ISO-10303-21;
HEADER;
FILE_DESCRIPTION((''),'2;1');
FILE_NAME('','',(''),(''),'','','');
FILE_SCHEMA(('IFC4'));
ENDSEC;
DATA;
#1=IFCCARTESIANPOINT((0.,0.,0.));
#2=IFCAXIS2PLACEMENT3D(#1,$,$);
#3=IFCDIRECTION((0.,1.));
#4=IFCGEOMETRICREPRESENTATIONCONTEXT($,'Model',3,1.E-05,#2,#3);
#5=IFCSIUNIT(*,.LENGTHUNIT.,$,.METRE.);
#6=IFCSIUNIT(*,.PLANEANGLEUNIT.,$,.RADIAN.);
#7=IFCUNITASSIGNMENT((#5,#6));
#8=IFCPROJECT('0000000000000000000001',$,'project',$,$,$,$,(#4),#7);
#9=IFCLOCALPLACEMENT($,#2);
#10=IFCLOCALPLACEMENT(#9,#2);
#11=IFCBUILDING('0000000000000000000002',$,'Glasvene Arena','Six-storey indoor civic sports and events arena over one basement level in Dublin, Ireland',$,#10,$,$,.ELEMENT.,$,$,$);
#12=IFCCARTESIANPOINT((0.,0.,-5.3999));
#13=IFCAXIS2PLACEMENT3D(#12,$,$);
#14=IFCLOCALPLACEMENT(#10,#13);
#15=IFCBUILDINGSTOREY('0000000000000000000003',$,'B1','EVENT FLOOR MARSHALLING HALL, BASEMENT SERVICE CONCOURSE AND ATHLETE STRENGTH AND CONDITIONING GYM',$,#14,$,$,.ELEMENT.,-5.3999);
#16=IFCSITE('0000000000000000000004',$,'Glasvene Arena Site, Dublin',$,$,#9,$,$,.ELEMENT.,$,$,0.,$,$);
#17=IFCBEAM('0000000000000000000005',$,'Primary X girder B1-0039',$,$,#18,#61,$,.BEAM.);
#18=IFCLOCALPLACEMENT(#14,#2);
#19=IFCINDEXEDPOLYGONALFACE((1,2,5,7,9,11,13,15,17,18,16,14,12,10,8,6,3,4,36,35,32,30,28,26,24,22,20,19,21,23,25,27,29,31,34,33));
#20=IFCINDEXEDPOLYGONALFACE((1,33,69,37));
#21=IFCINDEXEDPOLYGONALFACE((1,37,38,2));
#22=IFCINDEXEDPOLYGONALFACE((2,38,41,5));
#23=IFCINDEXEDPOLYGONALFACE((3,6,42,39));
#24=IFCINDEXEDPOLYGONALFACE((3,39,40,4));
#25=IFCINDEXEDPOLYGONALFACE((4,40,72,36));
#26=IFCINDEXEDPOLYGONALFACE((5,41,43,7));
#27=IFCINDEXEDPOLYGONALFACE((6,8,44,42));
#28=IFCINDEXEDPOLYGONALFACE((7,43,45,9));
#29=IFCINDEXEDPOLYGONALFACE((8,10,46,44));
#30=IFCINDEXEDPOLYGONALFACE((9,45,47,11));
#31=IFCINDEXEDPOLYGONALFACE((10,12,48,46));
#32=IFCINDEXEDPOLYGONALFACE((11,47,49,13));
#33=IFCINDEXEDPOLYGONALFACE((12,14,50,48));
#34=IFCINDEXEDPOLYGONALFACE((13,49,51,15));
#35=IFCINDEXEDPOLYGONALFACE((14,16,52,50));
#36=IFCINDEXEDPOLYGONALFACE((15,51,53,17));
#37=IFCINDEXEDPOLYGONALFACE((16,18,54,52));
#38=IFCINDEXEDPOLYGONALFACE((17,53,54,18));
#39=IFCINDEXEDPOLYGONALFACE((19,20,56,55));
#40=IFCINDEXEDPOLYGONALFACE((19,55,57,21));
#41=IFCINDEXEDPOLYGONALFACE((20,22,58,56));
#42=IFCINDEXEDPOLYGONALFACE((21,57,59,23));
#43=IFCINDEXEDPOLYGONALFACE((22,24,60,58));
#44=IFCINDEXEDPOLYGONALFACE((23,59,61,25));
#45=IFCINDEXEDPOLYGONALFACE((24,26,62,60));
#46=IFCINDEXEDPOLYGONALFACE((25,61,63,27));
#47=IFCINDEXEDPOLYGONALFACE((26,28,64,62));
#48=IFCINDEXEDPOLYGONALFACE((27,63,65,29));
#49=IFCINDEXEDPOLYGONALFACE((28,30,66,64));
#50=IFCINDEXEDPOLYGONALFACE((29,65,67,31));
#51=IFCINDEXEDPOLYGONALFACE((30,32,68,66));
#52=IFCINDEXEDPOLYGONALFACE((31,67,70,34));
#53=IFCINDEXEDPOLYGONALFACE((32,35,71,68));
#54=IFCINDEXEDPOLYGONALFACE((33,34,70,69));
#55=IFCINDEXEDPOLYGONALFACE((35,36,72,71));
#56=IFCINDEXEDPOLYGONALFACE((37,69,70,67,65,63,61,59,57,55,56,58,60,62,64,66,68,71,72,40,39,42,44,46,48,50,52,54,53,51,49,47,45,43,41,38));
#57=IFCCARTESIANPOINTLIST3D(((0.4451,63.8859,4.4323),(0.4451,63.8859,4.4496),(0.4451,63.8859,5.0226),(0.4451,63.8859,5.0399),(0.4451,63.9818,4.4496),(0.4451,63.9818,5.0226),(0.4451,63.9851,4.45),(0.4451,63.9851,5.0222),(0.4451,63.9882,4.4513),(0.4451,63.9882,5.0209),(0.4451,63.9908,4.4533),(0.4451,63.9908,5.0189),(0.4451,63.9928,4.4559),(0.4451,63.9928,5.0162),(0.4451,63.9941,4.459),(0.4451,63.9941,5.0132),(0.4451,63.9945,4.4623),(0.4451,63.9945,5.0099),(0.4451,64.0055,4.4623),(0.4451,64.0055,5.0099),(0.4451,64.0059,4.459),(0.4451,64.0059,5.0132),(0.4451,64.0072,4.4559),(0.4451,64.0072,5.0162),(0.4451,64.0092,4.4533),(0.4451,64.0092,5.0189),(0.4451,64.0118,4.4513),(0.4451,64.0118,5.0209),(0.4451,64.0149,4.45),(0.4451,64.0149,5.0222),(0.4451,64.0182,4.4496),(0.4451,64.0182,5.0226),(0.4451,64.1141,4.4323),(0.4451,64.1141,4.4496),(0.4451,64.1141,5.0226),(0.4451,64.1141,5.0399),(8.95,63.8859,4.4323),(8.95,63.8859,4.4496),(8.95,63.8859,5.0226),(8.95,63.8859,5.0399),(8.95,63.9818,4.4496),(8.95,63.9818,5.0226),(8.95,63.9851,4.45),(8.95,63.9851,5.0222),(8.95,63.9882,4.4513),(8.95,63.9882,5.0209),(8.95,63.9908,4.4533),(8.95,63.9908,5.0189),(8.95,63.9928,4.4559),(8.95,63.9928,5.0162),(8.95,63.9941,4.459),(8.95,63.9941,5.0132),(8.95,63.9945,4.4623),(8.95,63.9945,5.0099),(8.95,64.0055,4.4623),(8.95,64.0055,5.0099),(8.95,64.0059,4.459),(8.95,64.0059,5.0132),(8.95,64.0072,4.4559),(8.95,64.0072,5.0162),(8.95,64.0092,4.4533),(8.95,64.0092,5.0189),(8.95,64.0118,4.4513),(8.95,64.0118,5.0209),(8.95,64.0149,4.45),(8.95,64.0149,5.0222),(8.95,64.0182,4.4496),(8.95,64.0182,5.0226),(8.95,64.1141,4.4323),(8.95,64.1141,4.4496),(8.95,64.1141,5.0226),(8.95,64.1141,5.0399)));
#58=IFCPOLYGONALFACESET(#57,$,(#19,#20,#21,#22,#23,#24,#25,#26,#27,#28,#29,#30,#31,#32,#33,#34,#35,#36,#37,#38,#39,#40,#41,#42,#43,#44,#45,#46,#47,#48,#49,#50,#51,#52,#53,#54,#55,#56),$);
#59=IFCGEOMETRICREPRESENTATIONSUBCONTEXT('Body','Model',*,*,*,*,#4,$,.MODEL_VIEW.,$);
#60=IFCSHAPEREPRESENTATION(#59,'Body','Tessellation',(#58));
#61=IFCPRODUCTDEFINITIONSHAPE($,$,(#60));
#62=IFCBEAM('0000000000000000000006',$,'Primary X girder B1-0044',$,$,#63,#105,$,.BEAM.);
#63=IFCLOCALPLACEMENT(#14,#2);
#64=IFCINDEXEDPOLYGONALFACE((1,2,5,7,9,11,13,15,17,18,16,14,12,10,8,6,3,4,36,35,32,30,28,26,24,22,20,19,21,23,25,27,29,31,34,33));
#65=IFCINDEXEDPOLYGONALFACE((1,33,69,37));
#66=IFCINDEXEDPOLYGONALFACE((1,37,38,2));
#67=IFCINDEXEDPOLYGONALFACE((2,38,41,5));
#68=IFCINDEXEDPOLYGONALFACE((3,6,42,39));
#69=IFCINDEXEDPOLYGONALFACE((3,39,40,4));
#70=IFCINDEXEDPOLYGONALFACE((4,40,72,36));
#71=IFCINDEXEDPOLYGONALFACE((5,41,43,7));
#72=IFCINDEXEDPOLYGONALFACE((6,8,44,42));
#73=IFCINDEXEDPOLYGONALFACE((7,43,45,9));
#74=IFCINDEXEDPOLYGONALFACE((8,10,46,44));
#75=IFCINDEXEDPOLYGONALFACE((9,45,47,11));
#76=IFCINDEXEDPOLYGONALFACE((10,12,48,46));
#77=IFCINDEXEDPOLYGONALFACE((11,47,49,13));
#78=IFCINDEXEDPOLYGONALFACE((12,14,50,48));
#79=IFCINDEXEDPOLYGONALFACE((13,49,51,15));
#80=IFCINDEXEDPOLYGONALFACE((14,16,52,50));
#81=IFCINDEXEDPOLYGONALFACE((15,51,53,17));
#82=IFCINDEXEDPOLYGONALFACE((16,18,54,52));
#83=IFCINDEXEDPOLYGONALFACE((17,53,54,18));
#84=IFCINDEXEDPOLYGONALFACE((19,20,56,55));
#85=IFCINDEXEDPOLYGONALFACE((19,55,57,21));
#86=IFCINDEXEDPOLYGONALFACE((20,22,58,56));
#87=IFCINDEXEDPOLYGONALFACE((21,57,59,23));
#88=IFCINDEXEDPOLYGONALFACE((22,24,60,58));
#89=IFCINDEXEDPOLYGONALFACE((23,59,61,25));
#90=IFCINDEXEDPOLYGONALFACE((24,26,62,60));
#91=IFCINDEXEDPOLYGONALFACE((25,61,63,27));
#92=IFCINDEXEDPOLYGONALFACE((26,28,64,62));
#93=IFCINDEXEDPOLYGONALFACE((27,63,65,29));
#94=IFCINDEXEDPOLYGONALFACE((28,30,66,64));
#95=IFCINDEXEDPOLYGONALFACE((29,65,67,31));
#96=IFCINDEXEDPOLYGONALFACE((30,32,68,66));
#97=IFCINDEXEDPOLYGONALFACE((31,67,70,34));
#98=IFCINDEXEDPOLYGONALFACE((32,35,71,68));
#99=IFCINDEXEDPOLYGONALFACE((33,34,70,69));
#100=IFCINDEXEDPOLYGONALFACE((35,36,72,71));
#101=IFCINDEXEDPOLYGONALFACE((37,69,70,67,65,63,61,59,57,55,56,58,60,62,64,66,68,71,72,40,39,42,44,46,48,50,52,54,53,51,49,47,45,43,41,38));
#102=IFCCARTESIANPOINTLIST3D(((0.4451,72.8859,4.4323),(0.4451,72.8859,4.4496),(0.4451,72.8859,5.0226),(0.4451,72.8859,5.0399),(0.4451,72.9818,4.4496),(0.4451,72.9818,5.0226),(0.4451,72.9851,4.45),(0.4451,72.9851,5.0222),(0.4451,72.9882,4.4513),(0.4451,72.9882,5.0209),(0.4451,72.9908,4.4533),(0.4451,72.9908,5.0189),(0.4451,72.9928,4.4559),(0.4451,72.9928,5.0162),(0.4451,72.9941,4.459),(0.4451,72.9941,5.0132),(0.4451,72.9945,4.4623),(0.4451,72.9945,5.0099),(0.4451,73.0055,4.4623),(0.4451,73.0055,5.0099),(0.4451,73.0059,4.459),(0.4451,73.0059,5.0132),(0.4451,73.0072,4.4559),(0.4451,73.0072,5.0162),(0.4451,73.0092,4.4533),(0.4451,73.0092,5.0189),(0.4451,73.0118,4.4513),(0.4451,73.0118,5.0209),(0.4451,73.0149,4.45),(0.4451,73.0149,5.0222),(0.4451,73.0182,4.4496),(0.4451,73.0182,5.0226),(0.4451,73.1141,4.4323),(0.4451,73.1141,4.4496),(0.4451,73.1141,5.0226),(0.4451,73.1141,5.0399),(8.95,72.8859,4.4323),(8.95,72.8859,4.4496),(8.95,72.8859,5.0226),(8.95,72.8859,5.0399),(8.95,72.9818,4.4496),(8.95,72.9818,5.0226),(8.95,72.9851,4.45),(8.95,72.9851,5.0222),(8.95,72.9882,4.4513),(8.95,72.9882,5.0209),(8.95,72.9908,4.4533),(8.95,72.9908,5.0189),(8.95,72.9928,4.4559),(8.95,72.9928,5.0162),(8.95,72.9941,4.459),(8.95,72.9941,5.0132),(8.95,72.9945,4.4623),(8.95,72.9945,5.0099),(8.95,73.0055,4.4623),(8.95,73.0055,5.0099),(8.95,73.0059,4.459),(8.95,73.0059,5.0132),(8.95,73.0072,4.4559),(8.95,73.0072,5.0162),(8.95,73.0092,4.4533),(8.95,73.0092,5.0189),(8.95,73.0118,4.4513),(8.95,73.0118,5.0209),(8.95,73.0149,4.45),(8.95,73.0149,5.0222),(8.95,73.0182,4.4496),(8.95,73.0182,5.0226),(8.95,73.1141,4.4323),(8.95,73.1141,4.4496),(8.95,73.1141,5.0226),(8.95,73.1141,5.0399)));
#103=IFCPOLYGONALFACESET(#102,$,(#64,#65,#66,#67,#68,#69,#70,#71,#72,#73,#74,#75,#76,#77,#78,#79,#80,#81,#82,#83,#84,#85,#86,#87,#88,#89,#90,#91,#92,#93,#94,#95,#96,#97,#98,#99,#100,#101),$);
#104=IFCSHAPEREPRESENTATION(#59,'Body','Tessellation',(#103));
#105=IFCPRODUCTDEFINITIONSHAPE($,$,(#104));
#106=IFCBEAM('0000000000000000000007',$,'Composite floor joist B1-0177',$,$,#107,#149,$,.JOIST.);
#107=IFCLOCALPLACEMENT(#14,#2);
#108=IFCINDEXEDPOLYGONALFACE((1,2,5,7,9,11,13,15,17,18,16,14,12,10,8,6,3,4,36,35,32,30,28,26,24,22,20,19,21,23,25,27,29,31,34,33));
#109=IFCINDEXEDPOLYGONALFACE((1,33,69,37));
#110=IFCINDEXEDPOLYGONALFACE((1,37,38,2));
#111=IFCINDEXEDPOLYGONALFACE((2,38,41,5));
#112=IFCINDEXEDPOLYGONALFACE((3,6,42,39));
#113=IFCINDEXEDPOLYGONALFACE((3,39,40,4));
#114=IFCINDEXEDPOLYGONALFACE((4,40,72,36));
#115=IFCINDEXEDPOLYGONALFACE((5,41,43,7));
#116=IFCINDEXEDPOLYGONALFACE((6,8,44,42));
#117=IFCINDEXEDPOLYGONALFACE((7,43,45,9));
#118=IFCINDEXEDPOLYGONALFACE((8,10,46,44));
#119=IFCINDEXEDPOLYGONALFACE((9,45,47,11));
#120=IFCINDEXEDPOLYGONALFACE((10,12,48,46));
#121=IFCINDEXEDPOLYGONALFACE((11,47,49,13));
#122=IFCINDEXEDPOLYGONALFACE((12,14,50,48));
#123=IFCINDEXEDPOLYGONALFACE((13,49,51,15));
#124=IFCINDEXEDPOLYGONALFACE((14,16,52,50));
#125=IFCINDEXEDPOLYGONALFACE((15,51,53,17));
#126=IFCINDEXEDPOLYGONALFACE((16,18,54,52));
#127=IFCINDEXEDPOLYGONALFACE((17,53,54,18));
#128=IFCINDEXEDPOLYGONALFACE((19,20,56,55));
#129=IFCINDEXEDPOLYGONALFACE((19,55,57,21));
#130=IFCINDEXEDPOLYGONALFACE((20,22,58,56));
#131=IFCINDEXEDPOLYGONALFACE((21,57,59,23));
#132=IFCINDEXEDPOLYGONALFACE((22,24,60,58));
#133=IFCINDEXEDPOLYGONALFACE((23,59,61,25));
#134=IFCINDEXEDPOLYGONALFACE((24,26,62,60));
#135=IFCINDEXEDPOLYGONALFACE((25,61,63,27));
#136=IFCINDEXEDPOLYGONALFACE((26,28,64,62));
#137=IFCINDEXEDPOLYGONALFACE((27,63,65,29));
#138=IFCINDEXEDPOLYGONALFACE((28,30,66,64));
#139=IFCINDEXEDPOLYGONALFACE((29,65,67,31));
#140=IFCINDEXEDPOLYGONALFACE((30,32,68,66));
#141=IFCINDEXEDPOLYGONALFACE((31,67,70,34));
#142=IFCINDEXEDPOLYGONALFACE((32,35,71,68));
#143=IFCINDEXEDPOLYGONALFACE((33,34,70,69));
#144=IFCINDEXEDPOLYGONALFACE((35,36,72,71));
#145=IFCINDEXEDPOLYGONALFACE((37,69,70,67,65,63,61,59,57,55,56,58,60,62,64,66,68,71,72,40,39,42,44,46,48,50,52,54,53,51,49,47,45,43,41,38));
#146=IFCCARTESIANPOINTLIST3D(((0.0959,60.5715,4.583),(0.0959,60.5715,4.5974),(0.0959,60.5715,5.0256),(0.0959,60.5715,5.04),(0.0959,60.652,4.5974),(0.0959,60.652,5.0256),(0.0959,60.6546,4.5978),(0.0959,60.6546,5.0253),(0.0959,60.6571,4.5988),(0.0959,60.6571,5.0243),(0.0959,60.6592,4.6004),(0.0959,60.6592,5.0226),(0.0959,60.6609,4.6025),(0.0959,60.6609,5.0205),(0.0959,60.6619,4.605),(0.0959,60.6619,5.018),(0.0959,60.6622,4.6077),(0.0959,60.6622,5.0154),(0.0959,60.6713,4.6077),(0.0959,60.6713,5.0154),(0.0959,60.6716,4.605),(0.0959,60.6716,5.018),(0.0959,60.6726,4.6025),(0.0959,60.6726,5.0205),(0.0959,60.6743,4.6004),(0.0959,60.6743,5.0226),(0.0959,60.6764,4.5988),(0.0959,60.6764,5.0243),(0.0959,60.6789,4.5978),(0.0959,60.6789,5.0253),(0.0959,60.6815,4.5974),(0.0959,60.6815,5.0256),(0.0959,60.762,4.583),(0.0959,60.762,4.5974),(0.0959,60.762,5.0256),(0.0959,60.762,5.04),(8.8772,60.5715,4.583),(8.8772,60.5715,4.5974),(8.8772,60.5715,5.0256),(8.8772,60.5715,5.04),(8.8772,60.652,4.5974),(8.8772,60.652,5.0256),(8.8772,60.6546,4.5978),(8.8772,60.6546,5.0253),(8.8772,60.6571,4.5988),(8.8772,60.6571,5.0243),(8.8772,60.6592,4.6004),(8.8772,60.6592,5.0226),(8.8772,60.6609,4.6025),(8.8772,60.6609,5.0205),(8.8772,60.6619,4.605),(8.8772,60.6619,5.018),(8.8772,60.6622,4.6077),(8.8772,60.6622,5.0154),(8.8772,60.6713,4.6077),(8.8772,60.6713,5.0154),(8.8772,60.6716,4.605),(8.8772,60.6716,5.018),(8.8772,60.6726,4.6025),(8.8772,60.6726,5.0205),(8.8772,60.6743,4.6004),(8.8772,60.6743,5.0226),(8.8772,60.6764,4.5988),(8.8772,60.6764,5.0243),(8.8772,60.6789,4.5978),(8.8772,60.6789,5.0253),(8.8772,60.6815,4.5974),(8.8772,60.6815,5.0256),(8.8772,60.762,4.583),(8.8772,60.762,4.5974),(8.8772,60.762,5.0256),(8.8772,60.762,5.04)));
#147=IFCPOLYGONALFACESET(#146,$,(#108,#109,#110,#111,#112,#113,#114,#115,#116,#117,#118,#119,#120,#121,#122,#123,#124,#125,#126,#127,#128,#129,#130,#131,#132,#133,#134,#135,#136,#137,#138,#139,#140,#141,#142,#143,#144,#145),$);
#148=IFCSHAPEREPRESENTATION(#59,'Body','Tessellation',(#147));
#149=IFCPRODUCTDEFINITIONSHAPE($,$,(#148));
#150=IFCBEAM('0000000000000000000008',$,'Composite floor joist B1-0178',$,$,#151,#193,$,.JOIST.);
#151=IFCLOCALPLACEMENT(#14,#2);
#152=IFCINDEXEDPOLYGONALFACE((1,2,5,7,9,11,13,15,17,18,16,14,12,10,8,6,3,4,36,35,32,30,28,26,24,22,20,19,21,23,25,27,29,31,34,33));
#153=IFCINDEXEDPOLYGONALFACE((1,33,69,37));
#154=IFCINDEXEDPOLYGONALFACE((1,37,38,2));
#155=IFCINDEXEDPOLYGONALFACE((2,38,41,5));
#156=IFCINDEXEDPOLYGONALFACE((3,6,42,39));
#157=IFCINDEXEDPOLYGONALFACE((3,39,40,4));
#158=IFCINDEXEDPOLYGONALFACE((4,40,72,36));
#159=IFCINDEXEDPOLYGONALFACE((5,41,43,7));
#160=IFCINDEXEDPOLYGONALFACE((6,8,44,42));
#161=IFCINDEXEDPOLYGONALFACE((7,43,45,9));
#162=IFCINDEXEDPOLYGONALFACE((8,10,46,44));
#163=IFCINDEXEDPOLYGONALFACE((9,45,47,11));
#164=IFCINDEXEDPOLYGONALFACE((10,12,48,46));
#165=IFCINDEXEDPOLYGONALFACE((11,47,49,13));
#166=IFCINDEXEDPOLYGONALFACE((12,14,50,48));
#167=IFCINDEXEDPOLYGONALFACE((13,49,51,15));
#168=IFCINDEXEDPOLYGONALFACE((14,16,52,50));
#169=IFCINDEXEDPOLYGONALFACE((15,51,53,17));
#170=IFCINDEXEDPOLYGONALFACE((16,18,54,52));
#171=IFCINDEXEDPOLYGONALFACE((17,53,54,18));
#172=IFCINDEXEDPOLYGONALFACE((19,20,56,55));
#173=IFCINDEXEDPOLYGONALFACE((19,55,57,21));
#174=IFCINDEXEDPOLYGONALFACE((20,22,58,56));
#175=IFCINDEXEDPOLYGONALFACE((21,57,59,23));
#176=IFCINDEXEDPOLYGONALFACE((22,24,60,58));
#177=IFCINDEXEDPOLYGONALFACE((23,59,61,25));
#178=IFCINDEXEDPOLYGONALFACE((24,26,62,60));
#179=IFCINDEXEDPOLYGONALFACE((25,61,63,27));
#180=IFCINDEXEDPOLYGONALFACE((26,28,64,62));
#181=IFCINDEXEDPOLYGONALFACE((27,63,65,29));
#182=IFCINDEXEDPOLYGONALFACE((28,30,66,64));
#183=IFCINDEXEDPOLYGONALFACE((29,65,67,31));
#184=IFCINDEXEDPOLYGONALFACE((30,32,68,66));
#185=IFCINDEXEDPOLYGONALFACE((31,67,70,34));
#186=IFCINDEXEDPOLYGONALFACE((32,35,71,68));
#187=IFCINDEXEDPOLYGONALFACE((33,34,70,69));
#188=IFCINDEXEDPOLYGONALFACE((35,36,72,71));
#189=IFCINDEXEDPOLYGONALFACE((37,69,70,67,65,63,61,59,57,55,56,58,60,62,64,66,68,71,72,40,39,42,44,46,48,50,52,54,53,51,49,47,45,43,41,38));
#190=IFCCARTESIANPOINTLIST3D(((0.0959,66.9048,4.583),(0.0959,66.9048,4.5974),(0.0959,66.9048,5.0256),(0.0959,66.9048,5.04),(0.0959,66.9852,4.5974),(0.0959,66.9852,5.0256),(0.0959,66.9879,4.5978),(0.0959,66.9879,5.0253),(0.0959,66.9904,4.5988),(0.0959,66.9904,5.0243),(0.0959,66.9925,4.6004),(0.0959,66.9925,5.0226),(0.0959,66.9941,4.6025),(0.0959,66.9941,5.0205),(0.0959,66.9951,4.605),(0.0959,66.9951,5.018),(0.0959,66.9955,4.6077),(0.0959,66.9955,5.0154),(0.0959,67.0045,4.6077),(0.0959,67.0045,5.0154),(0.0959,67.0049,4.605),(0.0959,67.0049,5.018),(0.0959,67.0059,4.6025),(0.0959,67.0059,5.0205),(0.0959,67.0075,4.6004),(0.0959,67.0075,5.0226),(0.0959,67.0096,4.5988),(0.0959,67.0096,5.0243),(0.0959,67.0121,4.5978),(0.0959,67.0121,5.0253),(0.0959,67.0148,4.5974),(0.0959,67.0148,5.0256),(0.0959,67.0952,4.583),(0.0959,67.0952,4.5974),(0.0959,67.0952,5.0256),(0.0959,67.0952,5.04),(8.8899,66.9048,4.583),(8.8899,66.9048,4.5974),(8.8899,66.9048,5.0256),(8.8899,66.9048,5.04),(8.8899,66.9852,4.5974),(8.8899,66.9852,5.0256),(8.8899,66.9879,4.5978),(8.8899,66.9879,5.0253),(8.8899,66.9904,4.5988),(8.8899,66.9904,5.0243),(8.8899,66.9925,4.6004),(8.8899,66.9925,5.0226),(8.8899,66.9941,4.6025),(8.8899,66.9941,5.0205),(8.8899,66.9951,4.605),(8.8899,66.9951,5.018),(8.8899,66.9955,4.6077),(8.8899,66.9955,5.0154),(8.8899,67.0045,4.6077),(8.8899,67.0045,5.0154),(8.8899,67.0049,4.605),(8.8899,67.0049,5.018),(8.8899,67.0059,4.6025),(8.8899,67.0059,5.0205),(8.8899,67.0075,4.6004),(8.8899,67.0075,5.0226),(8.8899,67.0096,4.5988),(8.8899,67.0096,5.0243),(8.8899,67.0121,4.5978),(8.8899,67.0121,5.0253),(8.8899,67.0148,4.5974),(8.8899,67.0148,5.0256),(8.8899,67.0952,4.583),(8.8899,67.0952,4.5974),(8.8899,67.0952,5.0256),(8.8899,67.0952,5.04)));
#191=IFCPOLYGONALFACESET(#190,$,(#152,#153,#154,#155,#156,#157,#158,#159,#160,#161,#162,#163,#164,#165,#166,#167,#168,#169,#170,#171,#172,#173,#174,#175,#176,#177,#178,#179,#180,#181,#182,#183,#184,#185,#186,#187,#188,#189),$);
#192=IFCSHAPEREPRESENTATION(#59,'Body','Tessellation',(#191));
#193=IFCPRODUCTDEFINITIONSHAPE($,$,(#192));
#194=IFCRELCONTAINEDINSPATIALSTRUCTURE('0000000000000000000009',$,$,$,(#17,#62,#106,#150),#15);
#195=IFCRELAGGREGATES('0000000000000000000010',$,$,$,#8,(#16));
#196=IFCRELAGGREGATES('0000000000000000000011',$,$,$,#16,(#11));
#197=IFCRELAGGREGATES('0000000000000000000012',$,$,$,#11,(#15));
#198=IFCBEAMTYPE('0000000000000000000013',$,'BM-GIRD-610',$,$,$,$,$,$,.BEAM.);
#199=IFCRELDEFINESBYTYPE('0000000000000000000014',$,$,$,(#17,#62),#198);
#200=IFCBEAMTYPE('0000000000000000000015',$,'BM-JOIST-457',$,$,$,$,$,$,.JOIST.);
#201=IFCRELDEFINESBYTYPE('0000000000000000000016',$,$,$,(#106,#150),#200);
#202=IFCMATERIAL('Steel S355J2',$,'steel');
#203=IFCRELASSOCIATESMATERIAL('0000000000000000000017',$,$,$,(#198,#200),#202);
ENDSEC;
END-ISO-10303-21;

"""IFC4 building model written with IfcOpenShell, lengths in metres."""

from ifc_helpers import new_model, si_unit, direction, frame, origin, origin_2d, place, context, subcontext, project, spatial, i_section, extrude, material, material_profile, profile_set, type_object, element, save


model = new_model("IFC4")

# Units and contexts
model_context = context("Model", 3, precision=1e-05, world=origin(), true_north=direction((0.0, 1.0)))
body_context = subcontext(model_context, "Body", "Model", "MODEL_VIEW")
ifc_project = project(units=[si_unit("LENGTHUNIT", "METRE"), si_unit("PLANEANGLEUNIT", "RADIAN")], contexts=[model_context])

# Site, building, storey
site_placement = place(None, origin())
site = spatial("IfcSite", under=ifc_project, at=site_placement, Name="Glasvene Arena Site, Dublin", CompositionType="ELEMENT", RefElevation=0.0)
building_placement = place(site_placement, origin())
building = spatial("IfcBuilding", under=site, at=building_placement, Name="Glasvene Arena", Description="Six-storey indoor civic sports and events arena over one basement level in Dublin, Ireland", CompositionType="ELEMENT")
storey_placement = place(building_placement, frame((0.0, 0.0, -5.3999)))
storey = spatial("IfcBuildingStorey", under=building, at=storey_placement, Name="B1", Description="EVENT FLOOR MARSHALLING HALL, BASEMENT SERVICE CONCOURSE AND ATHLETE STRENGTH AND CONDITIONING GYM", CompositionType="ELEMENT", Elevation=-5.3999)

# Beams
ifc_material_1 = material(Name="Steel S355J2", Category="steel")
ifc_material_profile_1 = material_profile(ifc_material_1, i_section(OverallWidth=0.2283, OverallDepth=0.6077, WebThickness=0.011, FlangeThickness=0.0173, FilletRadius=0.0127, at=origin_2d()), Name="UKB 610x229x113")
ifc_profile_set_1 = profile_set([ifc_material_profile_1], Name="Steel S355J2")
beam_type_1 = type_object("IfcBeamType", Name="BM-GIRD-610", PredefinedType="BEAM", material=ifc_profile_set_1)
for number, where, z_axis, x_axis, name in (
    (1, (0.4451, 64.0, 4.7361), (1.0, 0.0, 0.0), (0.0, 1.0, 0.0), "Primary X girder B1-0039"),
    (2, (0.4451, 73.0, 4.7361), (1.0, 0.0, 0.0), (0.0, 1.0, 0.0), "Primary X girder B1-0044"),
):
    element("IfcBeam", number, at=place(storey_placement, frame(where, z_axis=z_axis, x_axis=x_axis)), inside=storey, type_object=beam_type_1, Name=name, PredefinedType="BEAM", context=body_context, shape_type="SweptSolid", body=[
        extrude(i_section(OverallWidth=0.2283, OverallDepth=0.6077, WebThickness=0.011, FlangeThickness=0.0173, FilletRadius=0.0127, at=origin_2d()), origin(), (0.0, 0.0, 1.0), 8.5049),
    ])
ifc_material_profile_2 = material_profile(ifc_material_1, i_section(OverallWidth=0.1904, OverallDepth=0.457, WebThickness=0.009, FlangeThickness=0.0144, FilletRadius=0.0103, at=origin_2d()), Name="UKB 457x191x74")
ifc_profile_set_2 = profile_set([ifc_material_profile_2], Name="Steel S355J2")
beam_type_2 = type_object("IfcBeamType", Name="BM-JOIST-457", PredefinedType="JOIST", material=ifc_profile_set_2)
beam_1_placement = place(storey_placement, frame((0.0959, 60.6667, 4.8115), z_axis=(1.0, 0.0, 0.0), x_axis=(0.0, 1.0, 0.0)))
element("IfcBeam", 3, at=beam_1_placement, inside=storey, type_object=beam_type_2, Name="Composite floor joist B1-0177", PredefinedType="JOIST", context=body_context, shape_type="SweptSolid", body=[
    extrude(i_section(OverallWidth=0.1904, OverallDepth=0.457, WebThickness=0.009, FlangeThickness=0.0144, FilletRadius=0.0103, at=origin_2d()), origin(), (0.0, 0.0, 1.0), 8.7812),
])
for number, where, z_axis, x_axis, name in (
    (4, (0.0959, 67.0, 4.8115), (1.0, 0.0, 0.0), (0.0, 1.0, 0.0), "Composite floor joist B1-0178"),
):
    element("IfcBeam", number, at=place(storey_placement, frame(where, z_axis=z_axis, x_axis=x_axis)), inside=storey, type_object=beam_type_2, Name=name, PredefinedType="JOIST", context=body_context, shape_type="SweptSolid", body=[
        extrude(i_section(OverallWidth=0.1904, OverallDepth=0.457, WebThickness=0.009, FlangeThickness=0.0144, FilletRadius=0.0103, at=origin_2d()), origin(), (0.0, 0.0, 1.0), 8.7939),
    ])

save(model, "model.ifc")
